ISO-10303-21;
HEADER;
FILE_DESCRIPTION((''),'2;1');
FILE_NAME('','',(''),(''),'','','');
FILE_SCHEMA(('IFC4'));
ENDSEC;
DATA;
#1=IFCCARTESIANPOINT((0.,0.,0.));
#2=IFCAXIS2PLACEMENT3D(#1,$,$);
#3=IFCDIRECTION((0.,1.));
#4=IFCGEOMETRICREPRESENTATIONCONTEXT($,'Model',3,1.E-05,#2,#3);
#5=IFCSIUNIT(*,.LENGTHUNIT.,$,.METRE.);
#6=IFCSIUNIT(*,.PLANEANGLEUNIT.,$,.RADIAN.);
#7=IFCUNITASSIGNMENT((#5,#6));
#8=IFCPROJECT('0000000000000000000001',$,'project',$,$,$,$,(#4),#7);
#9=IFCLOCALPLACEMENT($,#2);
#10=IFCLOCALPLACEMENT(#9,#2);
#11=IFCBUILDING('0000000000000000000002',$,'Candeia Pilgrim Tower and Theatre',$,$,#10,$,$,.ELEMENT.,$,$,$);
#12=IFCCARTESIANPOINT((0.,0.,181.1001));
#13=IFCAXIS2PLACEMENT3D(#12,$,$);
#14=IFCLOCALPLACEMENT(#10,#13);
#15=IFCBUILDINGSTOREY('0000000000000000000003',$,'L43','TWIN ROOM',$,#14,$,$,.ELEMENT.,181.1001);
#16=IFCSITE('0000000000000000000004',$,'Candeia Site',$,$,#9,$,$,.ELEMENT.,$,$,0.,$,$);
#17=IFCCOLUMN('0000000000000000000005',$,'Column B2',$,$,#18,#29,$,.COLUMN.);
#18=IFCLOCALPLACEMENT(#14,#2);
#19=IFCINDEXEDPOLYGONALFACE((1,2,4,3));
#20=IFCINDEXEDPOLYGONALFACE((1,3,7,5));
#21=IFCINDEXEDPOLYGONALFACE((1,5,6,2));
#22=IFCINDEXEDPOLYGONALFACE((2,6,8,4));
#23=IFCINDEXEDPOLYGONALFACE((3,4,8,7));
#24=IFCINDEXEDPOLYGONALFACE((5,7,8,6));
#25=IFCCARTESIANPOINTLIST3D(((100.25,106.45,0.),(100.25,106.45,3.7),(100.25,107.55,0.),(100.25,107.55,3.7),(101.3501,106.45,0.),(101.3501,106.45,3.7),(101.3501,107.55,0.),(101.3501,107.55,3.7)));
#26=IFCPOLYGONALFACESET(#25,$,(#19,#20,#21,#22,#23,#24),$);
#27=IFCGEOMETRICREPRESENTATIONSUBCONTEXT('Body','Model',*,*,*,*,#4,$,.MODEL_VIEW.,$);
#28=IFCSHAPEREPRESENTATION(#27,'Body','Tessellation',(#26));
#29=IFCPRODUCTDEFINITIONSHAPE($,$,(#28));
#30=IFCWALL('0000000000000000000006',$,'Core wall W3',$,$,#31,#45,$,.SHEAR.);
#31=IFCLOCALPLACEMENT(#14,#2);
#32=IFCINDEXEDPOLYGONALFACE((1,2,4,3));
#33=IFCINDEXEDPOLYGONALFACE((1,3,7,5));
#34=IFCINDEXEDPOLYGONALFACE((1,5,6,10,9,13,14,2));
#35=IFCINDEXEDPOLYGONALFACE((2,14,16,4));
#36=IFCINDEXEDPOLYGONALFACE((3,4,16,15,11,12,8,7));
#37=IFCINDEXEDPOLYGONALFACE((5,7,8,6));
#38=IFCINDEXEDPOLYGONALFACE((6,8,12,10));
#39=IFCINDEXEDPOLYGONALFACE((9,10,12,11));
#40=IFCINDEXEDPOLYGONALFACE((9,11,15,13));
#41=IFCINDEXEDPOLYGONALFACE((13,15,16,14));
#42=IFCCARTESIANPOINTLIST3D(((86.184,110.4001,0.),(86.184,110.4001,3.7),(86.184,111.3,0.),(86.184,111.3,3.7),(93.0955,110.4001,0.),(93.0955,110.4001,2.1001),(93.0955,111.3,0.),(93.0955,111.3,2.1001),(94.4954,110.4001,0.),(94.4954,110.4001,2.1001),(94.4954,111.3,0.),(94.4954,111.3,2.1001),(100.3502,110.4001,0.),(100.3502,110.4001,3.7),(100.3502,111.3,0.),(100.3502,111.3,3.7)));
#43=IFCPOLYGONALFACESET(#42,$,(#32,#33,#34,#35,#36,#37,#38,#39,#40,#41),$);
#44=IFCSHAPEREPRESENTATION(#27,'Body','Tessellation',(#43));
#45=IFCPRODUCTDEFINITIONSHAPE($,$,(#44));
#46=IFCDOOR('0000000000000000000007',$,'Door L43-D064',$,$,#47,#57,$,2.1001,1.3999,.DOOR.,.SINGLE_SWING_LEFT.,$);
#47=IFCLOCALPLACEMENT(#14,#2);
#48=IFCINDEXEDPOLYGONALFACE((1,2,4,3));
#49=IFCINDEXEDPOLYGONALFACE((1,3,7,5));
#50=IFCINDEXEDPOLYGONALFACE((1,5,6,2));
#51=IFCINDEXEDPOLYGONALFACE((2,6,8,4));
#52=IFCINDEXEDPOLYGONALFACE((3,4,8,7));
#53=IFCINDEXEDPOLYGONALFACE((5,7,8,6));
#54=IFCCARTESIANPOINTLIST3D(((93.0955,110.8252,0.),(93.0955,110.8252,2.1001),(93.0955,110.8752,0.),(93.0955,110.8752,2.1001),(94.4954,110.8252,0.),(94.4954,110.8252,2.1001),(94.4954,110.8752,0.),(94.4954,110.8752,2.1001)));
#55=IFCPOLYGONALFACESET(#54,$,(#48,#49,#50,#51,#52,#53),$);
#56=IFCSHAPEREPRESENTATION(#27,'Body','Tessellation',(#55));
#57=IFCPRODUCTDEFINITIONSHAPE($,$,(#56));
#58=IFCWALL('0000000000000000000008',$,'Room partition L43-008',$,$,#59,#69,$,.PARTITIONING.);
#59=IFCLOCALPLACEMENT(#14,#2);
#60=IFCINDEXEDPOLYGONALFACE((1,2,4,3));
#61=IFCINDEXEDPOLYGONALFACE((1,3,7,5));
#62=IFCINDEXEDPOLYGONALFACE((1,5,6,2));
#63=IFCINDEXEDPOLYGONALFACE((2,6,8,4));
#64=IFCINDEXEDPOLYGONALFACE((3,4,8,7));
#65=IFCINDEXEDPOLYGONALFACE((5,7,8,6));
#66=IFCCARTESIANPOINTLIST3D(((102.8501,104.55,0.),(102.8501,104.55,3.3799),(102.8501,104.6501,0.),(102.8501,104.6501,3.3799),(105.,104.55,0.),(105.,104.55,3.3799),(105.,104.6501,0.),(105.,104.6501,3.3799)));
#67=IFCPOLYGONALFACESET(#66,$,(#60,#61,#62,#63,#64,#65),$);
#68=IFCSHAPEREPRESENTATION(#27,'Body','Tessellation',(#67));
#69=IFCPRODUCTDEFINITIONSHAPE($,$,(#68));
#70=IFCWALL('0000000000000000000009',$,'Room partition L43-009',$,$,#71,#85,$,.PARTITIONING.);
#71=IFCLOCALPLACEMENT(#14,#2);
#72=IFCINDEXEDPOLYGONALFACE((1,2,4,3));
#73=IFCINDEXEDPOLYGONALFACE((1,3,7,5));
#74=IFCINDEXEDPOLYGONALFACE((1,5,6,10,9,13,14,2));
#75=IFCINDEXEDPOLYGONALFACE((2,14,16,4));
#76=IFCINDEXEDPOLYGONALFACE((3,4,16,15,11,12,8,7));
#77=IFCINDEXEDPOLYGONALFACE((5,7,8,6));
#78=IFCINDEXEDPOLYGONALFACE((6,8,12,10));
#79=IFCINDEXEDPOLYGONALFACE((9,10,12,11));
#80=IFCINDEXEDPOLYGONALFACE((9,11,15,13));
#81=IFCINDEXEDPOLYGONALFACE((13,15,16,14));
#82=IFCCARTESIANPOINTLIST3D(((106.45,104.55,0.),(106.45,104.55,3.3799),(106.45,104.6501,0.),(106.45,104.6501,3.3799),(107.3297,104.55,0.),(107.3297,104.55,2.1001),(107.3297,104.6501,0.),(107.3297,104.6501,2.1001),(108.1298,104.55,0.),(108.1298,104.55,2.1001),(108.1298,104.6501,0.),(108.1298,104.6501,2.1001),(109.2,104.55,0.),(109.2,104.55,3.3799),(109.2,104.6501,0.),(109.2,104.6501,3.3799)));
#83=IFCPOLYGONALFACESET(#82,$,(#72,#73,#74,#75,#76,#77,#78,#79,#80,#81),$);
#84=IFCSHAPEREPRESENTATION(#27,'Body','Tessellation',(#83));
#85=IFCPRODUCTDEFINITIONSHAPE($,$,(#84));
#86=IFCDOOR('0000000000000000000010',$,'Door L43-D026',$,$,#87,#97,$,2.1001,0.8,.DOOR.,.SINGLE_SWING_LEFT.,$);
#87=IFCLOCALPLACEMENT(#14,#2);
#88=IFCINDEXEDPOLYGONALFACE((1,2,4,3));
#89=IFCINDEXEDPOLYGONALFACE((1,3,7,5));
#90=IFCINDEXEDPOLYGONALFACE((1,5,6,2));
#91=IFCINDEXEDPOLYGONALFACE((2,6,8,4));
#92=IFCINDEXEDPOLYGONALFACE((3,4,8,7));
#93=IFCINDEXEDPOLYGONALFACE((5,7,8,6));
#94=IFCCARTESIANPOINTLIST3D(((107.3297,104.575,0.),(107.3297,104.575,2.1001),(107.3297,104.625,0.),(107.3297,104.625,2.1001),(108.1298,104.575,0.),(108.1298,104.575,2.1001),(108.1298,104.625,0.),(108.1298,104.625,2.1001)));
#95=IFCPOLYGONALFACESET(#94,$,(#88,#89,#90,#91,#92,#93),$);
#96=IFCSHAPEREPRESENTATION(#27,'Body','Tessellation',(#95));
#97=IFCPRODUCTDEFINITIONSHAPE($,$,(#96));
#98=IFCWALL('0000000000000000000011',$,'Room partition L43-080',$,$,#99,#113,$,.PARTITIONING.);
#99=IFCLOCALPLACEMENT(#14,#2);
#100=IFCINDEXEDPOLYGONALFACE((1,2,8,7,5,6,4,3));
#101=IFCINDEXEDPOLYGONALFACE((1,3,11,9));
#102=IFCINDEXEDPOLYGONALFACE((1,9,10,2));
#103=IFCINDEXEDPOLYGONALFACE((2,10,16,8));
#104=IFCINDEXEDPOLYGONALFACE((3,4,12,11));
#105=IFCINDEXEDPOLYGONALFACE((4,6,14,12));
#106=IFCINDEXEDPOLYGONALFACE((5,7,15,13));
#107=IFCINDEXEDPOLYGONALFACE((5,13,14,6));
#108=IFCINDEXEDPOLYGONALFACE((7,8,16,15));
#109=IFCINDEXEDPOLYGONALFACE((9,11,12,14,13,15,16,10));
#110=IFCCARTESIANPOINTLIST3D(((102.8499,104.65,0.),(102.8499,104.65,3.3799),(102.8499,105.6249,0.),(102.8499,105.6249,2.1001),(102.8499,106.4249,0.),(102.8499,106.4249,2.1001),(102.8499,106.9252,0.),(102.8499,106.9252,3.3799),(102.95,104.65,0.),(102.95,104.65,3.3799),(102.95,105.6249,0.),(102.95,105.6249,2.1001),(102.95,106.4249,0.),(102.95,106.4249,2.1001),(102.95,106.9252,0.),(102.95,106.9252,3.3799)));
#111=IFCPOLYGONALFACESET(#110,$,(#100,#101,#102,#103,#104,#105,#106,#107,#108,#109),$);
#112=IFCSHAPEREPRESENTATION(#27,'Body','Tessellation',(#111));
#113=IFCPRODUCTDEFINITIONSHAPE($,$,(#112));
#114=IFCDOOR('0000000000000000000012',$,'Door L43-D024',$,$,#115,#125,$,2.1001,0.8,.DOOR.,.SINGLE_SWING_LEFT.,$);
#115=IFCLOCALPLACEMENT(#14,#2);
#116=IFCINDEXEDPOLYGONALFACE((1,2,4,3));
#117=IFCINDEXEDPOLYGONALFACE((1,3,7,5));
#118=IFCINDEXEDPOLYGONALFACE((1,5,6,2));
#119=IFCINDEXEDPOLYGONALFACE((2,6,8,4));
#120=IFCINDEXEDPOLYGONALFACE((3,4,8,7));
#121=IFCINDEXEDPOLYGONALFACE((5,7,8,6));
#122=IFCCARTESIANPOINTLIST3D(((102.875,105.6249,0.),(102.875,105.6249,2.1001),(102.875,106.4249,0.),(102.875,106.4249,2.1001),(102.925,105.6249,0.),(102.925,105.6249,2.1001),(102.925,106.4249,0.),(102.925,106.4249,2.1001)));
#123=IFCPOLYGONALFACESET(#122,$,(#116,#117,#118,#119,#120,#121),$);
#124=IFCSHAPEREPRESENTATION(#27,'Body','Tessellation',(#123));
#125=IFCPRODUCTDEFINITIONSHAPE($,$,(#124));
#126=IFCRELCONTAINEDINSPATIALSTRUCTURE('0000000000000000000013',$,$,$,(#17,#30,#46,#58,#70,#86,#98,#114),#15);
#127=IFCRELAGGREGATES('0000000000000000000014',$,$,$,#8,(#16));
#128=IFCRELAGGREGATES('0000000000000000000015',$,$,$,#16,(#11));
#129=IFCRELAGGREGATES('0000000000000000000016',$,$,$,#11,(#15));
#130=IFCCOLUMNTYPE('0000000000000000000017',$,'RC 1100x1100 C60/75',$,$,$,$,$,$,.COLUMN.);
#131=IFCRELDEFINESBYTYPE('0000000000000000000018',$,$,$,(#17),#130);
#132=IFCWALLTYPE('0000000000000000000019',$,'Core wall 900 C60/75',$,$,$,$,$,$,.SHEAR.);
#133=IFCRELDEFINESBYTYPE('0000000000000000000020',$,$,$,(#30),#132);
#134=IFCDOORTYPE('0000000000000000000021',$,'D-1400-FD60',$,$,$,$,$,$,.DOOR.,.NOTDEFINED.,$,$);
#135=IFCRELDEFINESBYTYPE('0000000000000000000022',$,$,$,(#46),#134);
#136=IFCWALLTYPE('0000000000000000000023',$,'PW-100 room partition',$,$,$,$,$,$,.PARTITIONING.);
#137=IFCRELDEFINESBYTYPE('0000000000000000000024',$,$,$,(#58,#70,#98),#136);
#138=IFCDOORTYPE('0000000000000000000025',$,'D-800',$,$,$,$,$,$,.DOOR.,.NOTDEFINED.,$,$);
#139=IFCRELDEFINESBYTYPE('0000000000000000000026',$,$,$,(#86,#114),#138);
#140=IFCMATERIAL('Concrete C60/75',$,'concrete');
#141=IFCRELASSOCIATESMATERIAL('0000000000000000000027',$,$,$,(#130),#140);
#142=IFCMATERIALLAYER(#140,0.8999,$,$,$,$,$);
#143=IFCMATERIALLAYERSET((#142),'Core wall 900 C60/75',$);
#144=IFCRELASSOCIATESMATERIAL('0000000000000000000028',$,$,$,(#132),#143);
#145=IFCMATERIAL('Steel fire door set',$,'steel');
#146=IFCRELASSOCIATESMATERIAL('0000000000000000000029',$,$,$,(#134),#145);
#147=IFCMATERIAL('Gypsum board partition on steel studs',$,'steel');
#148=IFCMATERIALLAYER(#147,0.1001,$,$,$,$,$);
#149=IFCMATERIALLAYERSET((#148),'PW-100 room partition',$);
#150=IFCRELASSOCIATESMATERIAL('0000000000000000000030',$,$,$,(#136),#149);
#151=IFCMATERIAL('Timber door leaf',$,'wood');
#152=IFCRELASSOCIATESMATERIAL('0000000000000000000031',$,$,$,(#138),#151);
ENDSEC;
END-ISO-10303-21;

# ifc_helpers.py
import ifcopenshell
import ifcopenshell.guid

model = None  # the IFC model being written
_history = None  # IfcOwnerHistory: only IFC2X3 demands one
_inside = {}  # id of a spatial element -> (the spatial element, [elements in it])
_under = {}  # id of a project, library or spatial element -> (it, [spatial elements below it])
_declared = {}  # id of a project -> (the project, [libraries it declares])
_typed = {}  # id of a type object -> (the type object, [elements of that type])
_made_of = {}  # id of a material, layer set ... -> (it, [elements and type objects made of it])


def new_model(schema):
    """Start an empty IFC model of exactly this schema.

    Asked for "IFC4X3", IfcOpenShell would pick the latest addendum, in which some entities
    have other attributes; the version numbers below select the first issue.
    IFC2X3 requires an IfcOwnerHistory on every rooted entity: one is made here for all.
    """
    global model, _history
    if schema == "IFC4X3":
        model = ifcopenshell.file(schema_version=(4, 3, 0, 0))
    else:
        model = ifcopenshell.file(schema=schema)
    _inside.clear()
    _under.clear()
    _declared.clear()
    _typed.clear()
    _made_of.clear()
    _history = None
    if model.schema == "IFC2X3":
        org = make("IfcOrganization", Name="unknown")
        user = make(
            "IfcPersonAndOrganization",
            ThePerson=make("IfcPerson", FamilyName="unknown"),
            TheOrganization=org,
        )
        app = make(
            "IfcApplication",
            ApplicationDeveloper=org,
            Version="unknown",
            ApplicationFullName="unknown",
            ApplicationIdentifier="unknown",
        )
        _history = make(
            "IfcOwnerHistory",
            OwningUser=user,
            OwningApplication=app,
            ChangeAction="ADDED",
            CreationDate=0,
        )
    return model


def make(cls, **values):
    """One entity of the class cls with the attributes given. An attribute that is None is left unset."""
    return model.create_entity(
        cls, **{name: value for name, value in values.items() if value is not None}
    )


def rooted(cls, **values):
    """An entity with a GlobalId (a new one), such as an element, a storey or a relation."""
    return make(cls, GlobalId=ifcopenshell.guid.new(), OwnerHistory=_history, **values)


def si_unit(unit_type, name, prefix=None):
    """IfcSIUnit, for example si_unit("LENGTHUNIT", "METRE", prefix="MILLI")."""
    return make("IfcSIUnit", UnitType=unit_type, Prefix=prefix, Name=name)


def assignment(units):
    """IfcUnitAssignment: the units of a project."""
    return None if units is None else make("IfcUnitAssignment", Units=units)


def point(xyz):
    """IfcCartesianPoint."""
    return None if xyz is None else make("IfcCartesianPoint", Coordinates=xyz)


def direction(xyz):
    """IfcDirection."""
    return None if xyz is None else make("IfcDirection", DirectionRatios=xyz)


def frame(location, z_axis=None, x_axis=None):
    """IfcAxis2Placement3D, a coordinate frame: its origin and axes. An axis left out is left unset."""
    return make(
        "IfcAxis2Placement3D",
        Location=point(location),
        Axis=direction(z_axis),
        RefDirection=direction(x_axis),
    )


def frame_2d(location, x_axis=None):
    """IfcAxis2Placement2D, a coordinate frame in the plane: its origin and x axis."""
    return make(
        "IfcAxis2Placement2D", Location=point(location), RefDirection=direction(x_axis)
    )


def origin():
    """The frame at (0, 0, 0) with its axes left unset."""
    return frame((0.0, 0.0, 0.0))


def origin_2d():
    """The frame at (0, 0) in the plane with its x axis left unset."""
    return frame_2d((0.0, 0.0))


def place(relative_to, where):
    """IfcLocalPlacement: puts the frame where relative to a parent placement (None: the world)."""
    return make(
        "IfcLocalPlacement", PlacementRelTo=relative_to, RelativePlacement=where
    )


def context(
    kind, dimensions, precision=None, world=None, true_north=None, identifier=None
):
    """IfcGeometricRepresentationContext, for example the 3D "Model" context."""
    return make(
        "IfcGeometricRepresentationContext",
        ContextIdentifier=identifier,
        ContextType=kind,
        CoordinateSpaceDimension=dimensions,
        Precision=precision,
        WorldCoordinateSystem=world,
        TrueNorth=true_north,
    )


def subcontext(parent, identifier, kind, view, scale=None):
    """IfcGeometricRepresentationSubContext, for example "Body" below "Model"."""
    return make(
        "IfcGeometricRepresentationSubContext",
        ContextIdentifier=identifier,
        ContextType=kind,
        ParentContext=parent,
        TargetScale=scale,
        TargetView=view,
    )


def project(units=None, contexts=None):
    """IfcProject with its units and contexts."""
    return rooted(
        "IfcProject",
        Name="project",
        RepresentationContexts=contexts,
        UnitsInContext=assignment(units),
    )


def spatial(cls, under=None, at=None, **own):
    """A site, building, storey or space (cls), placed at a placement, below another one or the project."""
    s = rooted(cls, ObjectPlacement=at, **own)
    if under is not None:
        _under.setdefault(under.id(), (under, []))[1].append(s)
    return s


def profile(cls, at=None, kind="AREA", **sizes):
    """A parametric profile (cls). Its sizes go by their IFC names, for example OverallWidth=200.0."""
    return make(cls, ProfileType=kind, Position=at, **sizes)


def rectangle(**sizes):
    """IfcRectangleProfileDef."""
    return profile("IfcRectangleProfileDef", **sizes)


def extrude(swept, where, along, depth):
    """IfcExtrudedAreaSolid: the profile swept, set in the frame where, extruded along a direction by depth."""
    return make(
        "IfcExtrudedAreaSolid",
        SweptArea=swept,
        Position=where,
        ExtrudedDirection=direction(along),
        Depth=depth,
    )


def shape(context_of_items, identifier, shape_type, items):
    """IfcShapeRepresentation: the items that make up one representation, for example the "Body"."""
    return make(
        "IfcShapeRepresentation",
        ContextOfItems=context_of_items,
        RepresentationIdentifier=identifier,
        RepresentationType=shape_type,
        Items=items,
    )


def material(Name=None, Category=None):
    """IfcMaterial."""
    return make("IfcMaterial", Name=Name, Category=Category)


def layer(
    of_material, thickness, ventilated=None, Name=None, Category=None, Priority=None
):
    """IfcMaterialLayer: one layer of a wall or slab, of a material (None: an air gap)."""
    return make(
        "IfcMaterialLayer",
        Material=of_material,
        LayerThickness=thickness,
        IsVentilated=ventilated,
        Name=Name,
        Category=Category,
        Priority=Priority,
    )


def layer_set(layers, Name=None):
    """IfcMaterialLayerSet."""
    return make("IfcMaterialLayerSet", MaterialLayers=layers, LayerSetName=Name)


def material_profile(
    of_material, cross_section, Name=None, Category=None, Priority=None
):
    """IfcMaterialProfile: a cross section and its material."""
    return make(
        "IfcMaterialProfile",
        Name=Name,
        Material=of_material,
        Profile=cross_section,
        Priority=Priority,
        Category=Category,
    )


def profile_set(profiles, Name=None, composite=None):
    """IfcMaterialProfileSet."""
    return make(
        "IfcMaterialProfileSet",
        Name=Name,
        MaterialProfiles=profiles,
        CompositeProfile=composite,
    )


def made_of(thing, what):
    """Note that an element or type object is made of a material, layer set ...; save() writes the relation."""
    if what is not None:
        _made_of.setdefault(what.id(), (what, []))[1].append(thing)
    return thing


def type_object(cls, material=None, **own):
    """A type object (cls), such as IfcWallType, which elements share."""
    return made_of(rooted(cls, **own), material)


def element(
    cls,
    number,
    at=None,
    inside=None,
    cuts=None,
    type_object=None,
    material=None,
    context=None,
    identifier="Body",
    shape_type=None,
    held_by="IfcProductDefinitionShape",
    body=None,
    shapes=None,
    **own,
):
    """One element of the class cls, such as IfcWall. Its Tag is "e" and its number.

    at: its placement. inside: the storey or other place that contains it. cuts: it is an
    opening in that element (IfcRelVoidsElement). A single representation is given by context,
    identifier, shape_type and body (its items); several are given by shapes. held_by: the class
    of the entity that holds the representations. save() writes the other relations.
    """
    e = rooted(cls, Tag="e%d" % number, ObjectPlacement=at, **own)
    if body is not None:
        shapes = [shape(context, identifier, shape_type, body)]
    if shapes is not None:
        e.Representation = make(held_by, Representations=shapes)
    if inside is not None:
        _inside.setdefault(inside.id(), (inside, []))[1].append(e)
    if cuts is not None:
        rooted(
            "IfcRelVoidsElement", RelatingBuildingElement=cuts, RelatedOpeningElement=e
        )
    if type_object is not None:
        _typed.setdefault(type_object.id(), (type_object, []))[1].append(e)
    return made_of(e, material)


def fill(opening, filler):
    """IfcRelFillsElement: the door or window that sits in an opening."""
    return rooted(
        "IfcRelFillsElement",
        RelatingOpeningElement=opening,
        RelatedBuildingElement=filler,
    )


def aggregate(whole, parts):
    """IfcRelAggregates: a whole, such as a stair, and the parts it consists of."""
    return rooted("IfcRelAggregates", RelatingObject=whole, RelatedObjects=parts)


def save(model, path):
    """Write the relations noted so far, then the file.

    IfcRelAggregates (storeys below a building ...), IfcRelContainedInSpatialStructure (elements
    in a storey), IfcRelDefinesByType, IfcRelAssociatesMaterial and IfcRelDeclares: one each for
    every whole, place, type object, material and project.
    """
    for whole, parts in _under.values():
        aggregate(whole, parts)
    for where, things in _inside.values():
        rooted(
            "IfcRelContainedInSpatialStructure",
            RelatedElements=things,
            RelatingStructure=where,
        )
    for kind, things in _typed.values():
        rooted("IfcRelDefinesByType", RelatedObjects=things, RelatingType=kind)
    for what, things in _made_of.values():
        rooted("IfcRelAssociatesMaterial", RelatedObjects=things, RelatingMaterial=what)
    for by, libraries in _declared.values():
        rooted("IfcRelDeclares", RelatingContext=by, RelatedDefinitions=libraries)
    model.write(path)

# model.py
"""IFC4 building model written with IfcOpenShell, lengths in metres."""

from ifc_helpers import new_model, si_unit, direction, frame, frame_2d, origin, origin_2d, place, context, subcontext, project, spatial, rectangle, extrude, material, layer, layer_set, material_profile, profile_set, type_object, element, fill, save


model = new_model("IFC4")

# Units and contexts
model_context = context("Model", 3, precision=1e-05, world=origin(), true_north=direction((0.0, 1.0)))
body_context = subcontext(model_context, "Body", "Model", "MODEL_VIEW")
ifc_project = project(units=[si_unit("LENGTHUNIT", "METRE"), si_unit("PLANEANGLEUNIT", "RADIAN")], contexts=[model_context])

# Site, building, storey
site_placement = place(None, origin())
site = spatial("IfcSite", under=ifc_project, at=site_placement, Name="Candeia Site", CompositionType="ELEMENT", RefElevation=0.0)
building_placement = place(site_placement, origin())
building = spatial("IfcBuilding", under=site, at=building_placement, Name="Candeia Pilgrim Tower and Theatre", CompositionType="ELEMENT")
storey_placement = place(building_placement, frame((0.0, 0.0, 181.1001)))
storey = spatial("IfcBuildingStorey", under=building, at=storey_placement, Name="L43", Description="TWIN ROOM", CompositionType="ELEMENT", Elevation=181.1001)

# Column
ifc_material_1 = material(Name="Concrete C60/75", Category="concrete")
ifc_material_profile = material_profile(ifc_material_1, rectangle(XDim=1.1001, YDim=1.1001, at=origin_2d()))
ifc_profile_set = profile_set([ifc_material_profile], Name="Concrete C60/75")
column_type = type_object("IfcColumnType", Name="RC 1100x1100 C60/75", PredefinedType="COLUMN", material=ifc_profile_set)
column_placement = place(storey_placement, frame((100.8, 107.0, 0.0), z_axis=(0.0, 0.0, 1.0), x_axis=(1.0, 0.0, 0.0)))
element("IfcColumn", 1, at=column_placement, inside=storey, type_object=column_type, Name="Column B2", PredefinedType="COLUMN", context=body_context, shape_type="SweptSolid", body=[
    extrude(rectangle(XDim=1.1001, YDim=1.1001, at=origin_2d()), origin(), (0.0, 0.0, 1.0), 3.7),
])

# Wall, opening, door
ifc_layer_1 = layer(ifc_material_1, 0.8999)
ifc_layer_set_1 = layer_set([ifc_layer_1], Name="Core wall 900 C60/75")
wall_type_1 = type_object("IfcWallType", Name="Core wall 900 C60/75", PredefinedType="SHEAR", material=ifc_layer_set_1)
wall_1_placement = place(storey_placement, frame((100.3501, 110.8501, 0.0), z_axis=(0.0, 0.0, 1.0), x_axis=(-1.0, 0.0, 0.0)))
wall_1 = element("IfcWall", 2, at=wall_1_placement, inside=storey, type_object=wall_type_1, Name="Core wall W3", PredefinedType="SHEAR", context=body_context, shape_type="SweptSolid", body=[
    extrude(rectangle(XDim=14.1663, YDim=0.8999, at=frame_2d((7.083, 0.0))), origin(), (0.0, 0.0, 1.0), 3.7),
])
opening_1_placement = place(wall_1_placement, frame((5.8547, 0.0, 0.0)))
opening_1 = element("IfcOpeningElement", 3, at=opening_1_placement, cuts=wall_1, PredefinedType="OPENING", context=body_context, shape_type="SweptSolid", body=[
    extrude(rectangle(XDim=1.3999, YDim=2.1001, at=frame_2d((0.7, 1.05))), frame((0.0, 0.46, 0.0), z_axis=(0.0, -1.0, 0.0), x_axis=(1.0, 0.0, 0.0)), (0.0, 0.0, 1.0), 0.9199),
])
ifc_material_2 = material(Name="Steel fire door set", Category="steel")
door_type_1 = type_object("IfcDoorType", Name="D-1400-FD60", OperationType="NOTDEFINED", PredefinedType="DOOR", material=ifc_material_2)
door_1_placement = place(opening_1_placement, origin())
door_1 = element("IfcDoor", 4, at=door_1_placement, inside=storey, type_object=door_type_1, Name="Door L43-D064", OperationType="SINGLE_SWING_LEFT", OverallHeight=2.1001, OverallWidth=1.3999, PredefinedType="DOOR", context=body_context, shape_type="SweptSolid", body=[
    extrude(rectangle(XDim=1.3999, YDim=2.1001, at=frame_2d((0.7, 1.05))), frame((0.0, 0.0249, 0.0), z_axis=(0.0, -1.0, 0.0), x_axis=(1.0, 0.0, 0.0)), (0.0, 0.0, 1.0), 0.05),
])
fill(opening_1, door_1)

# Wall
ifc_material_3 = material(Name="Gypsum board partition on steel studs", Category="steel")
ifc_layer_2 = layer(ifc_material_3, 0.1001)
ifc_layer_set_2 = layer_set([ifc_layer_2], Name="PW-100 room partition")
wall_type_2 = type_object("IfcWallType", Name="PW-100 room partition", PredefinedType="PARTITIONING", material=ifc_layer_set_2)
wall_2_placement = place(storey_placement, frame((102.8501, 104.6001, 0.0), z_axis=(0.0, 0.0, 1.0), x_axis=(1.0, 0.0, 0.0)))
element("IfcWall", 5, at=wall_2_placement, inside=storey, type_object=wall_type_2, Name="Room partition L43-008", PredefinedType="PARTITIONING", context=body_context, shape_type="SweptSolid", body=[
    extrude(rectangle(XDim=2.1499, YDim=0.1001, at=frame_2d((1.075, 0.0))), origin(), (0.0, 0.0, 1.0), 3.3799),
])

# Walls, openings, doors
wall_3_placement = place(storey_placement, frame((106.45, 104.6001, 0.0), z_axis=(0.0, 0.0, 1.0), x_axis=(1.0, 0.0, 0.0)))
wall_3 = element("IfcWall", 6, at=wall_3_placement, inside=storey, type_object=wall_type_2, Name="Room partition L43-009", PredefinedType="PARTITIONING", context=body_context, shape_type="SweptSolid", body=[
    extrude(rectangle(XDim=2.75, YDim=0.1001, at=frame_2d((1.375, 0.0))), origin(), (0.0, 0.0, 1.0), 3.3799),
])
opening_2_placement = place(wall_3_placement, frame((0.8799, 0.0, 0.0)))
opening_2 = element("IfcOpeningElement", 7, at=opening_2_placement, cuts=wall_3, PredefinedType="OPENING", context=body_context, shape_type="SweptSolid", body=[
    extrude(rectangle(XDim=0.8, YDim=2.1001, at=frame_2d((0.3999, 1.05))), frame((0.0, 0.0601, 0.0), z_axis=(0.0, -1.0, 0.0), x_axis=(1.0, 0.0, 0.0)), (0.0, 0.0, 1.0), 0.1201),
])
ifc_material_4 = material(Name="Timber door leaf", Category="wood")
door_type_2 = type_object("IfcDoorType", Name="D-800", OperationType="NOTDEFINED", PredefinedType="DOOR", material=ifc_material_4)
door_2_placement = place(opening_2_placement, origin())
door_2 = element("IfcDoor", 8, at=door_2_placement, inside=storey, type_object=door_type_2, Name="Door L43-D026", OperationType="SINGLE_SWING_LEFT", OverallHeight=2.1001, OverallWidth=0.8, PredefinedType="DOOR", context=body_context, shape_type="SweptSolid", body=[
    extrude(rectangle(XDim=0.8, YDim=2.1001, at=frame_2d((0.3999, 1.05))), frame((0.0, 0.0249, 0.0), z_axis=(0.0, -1.0, 0.0), x_axis=(1.0, 0.0, 0.0)), (0.0, 0.0, 1.0), 0.05),
])
fill(opening_2, door_2)
wall_4_placement = place(storey_placement, frame((102.8999, 104.6499, 0.0), z_axis=(0.0, 0.0, 1.0), x_axis=(0.0, 1.0, 0.0)))
wall_4 = element("IfcWall", 9, at=wall_4_placement, inside=storey, type_object=wall_type_2, Name="Room partition L43-080", PredefinedType="PARTITIONING", context=body_context, shape_type="SweptSolid", body=[
    extrude(rectangle(XDim=2.2751, YDim=0.1001, at=frame_2d((1.1377, 0.0))), origin(), (0.0, 0.0, 1.0), 3.3799),
])
opening_3_placement = place(wall_4_placement, frame((0.9751, 0.0, 0.0)))
opening_3 = element("IfcOpeningElement", 10, at=opening_3_placement, cuts=wall_4, PredefinedType="OPENING", context=body_context, shape_type="SweptSolid", body=[
    extrude(rectangle(XDim=0.8, YDim=2.1001, at=frame_2d((0.3999, 1.05))), frame((0.0, 0.0601, 0.0), z_axis=(0.0, -1.0, 0.0), x_axis=(1.0, 0.0, 0.0)), (0.0, 0.0, 1.0), 0.1201),
])
door_3_placement = place(opening_3_placement, origin())
door_3 = element("IfcDoor", 11, at=door_3_placement, inside=storey, type_object=door_type_2, Name="Door L43-D024", OperationType="SINGLE_SWING_LEFT", OverallHeight=2.1001, OverallWidth=0.8, PredefinedType="DOOR", context=body_context, shape_type="SweptSolid", body=[
    extrude(rectangle(XDim=0.8, YDim=2.1001, at=frame_2d((0.3999, 1.05))), frame((0.0, 0.0249, 0.0), z_axis=(0.0, -1.0, 0.0), x_axis=(1.0, 0.0, 0.0)), (0.0, 0.0, 1.0), 0.05),
])
fill(opening_3, door_3)

save(model, "model.ifc")
